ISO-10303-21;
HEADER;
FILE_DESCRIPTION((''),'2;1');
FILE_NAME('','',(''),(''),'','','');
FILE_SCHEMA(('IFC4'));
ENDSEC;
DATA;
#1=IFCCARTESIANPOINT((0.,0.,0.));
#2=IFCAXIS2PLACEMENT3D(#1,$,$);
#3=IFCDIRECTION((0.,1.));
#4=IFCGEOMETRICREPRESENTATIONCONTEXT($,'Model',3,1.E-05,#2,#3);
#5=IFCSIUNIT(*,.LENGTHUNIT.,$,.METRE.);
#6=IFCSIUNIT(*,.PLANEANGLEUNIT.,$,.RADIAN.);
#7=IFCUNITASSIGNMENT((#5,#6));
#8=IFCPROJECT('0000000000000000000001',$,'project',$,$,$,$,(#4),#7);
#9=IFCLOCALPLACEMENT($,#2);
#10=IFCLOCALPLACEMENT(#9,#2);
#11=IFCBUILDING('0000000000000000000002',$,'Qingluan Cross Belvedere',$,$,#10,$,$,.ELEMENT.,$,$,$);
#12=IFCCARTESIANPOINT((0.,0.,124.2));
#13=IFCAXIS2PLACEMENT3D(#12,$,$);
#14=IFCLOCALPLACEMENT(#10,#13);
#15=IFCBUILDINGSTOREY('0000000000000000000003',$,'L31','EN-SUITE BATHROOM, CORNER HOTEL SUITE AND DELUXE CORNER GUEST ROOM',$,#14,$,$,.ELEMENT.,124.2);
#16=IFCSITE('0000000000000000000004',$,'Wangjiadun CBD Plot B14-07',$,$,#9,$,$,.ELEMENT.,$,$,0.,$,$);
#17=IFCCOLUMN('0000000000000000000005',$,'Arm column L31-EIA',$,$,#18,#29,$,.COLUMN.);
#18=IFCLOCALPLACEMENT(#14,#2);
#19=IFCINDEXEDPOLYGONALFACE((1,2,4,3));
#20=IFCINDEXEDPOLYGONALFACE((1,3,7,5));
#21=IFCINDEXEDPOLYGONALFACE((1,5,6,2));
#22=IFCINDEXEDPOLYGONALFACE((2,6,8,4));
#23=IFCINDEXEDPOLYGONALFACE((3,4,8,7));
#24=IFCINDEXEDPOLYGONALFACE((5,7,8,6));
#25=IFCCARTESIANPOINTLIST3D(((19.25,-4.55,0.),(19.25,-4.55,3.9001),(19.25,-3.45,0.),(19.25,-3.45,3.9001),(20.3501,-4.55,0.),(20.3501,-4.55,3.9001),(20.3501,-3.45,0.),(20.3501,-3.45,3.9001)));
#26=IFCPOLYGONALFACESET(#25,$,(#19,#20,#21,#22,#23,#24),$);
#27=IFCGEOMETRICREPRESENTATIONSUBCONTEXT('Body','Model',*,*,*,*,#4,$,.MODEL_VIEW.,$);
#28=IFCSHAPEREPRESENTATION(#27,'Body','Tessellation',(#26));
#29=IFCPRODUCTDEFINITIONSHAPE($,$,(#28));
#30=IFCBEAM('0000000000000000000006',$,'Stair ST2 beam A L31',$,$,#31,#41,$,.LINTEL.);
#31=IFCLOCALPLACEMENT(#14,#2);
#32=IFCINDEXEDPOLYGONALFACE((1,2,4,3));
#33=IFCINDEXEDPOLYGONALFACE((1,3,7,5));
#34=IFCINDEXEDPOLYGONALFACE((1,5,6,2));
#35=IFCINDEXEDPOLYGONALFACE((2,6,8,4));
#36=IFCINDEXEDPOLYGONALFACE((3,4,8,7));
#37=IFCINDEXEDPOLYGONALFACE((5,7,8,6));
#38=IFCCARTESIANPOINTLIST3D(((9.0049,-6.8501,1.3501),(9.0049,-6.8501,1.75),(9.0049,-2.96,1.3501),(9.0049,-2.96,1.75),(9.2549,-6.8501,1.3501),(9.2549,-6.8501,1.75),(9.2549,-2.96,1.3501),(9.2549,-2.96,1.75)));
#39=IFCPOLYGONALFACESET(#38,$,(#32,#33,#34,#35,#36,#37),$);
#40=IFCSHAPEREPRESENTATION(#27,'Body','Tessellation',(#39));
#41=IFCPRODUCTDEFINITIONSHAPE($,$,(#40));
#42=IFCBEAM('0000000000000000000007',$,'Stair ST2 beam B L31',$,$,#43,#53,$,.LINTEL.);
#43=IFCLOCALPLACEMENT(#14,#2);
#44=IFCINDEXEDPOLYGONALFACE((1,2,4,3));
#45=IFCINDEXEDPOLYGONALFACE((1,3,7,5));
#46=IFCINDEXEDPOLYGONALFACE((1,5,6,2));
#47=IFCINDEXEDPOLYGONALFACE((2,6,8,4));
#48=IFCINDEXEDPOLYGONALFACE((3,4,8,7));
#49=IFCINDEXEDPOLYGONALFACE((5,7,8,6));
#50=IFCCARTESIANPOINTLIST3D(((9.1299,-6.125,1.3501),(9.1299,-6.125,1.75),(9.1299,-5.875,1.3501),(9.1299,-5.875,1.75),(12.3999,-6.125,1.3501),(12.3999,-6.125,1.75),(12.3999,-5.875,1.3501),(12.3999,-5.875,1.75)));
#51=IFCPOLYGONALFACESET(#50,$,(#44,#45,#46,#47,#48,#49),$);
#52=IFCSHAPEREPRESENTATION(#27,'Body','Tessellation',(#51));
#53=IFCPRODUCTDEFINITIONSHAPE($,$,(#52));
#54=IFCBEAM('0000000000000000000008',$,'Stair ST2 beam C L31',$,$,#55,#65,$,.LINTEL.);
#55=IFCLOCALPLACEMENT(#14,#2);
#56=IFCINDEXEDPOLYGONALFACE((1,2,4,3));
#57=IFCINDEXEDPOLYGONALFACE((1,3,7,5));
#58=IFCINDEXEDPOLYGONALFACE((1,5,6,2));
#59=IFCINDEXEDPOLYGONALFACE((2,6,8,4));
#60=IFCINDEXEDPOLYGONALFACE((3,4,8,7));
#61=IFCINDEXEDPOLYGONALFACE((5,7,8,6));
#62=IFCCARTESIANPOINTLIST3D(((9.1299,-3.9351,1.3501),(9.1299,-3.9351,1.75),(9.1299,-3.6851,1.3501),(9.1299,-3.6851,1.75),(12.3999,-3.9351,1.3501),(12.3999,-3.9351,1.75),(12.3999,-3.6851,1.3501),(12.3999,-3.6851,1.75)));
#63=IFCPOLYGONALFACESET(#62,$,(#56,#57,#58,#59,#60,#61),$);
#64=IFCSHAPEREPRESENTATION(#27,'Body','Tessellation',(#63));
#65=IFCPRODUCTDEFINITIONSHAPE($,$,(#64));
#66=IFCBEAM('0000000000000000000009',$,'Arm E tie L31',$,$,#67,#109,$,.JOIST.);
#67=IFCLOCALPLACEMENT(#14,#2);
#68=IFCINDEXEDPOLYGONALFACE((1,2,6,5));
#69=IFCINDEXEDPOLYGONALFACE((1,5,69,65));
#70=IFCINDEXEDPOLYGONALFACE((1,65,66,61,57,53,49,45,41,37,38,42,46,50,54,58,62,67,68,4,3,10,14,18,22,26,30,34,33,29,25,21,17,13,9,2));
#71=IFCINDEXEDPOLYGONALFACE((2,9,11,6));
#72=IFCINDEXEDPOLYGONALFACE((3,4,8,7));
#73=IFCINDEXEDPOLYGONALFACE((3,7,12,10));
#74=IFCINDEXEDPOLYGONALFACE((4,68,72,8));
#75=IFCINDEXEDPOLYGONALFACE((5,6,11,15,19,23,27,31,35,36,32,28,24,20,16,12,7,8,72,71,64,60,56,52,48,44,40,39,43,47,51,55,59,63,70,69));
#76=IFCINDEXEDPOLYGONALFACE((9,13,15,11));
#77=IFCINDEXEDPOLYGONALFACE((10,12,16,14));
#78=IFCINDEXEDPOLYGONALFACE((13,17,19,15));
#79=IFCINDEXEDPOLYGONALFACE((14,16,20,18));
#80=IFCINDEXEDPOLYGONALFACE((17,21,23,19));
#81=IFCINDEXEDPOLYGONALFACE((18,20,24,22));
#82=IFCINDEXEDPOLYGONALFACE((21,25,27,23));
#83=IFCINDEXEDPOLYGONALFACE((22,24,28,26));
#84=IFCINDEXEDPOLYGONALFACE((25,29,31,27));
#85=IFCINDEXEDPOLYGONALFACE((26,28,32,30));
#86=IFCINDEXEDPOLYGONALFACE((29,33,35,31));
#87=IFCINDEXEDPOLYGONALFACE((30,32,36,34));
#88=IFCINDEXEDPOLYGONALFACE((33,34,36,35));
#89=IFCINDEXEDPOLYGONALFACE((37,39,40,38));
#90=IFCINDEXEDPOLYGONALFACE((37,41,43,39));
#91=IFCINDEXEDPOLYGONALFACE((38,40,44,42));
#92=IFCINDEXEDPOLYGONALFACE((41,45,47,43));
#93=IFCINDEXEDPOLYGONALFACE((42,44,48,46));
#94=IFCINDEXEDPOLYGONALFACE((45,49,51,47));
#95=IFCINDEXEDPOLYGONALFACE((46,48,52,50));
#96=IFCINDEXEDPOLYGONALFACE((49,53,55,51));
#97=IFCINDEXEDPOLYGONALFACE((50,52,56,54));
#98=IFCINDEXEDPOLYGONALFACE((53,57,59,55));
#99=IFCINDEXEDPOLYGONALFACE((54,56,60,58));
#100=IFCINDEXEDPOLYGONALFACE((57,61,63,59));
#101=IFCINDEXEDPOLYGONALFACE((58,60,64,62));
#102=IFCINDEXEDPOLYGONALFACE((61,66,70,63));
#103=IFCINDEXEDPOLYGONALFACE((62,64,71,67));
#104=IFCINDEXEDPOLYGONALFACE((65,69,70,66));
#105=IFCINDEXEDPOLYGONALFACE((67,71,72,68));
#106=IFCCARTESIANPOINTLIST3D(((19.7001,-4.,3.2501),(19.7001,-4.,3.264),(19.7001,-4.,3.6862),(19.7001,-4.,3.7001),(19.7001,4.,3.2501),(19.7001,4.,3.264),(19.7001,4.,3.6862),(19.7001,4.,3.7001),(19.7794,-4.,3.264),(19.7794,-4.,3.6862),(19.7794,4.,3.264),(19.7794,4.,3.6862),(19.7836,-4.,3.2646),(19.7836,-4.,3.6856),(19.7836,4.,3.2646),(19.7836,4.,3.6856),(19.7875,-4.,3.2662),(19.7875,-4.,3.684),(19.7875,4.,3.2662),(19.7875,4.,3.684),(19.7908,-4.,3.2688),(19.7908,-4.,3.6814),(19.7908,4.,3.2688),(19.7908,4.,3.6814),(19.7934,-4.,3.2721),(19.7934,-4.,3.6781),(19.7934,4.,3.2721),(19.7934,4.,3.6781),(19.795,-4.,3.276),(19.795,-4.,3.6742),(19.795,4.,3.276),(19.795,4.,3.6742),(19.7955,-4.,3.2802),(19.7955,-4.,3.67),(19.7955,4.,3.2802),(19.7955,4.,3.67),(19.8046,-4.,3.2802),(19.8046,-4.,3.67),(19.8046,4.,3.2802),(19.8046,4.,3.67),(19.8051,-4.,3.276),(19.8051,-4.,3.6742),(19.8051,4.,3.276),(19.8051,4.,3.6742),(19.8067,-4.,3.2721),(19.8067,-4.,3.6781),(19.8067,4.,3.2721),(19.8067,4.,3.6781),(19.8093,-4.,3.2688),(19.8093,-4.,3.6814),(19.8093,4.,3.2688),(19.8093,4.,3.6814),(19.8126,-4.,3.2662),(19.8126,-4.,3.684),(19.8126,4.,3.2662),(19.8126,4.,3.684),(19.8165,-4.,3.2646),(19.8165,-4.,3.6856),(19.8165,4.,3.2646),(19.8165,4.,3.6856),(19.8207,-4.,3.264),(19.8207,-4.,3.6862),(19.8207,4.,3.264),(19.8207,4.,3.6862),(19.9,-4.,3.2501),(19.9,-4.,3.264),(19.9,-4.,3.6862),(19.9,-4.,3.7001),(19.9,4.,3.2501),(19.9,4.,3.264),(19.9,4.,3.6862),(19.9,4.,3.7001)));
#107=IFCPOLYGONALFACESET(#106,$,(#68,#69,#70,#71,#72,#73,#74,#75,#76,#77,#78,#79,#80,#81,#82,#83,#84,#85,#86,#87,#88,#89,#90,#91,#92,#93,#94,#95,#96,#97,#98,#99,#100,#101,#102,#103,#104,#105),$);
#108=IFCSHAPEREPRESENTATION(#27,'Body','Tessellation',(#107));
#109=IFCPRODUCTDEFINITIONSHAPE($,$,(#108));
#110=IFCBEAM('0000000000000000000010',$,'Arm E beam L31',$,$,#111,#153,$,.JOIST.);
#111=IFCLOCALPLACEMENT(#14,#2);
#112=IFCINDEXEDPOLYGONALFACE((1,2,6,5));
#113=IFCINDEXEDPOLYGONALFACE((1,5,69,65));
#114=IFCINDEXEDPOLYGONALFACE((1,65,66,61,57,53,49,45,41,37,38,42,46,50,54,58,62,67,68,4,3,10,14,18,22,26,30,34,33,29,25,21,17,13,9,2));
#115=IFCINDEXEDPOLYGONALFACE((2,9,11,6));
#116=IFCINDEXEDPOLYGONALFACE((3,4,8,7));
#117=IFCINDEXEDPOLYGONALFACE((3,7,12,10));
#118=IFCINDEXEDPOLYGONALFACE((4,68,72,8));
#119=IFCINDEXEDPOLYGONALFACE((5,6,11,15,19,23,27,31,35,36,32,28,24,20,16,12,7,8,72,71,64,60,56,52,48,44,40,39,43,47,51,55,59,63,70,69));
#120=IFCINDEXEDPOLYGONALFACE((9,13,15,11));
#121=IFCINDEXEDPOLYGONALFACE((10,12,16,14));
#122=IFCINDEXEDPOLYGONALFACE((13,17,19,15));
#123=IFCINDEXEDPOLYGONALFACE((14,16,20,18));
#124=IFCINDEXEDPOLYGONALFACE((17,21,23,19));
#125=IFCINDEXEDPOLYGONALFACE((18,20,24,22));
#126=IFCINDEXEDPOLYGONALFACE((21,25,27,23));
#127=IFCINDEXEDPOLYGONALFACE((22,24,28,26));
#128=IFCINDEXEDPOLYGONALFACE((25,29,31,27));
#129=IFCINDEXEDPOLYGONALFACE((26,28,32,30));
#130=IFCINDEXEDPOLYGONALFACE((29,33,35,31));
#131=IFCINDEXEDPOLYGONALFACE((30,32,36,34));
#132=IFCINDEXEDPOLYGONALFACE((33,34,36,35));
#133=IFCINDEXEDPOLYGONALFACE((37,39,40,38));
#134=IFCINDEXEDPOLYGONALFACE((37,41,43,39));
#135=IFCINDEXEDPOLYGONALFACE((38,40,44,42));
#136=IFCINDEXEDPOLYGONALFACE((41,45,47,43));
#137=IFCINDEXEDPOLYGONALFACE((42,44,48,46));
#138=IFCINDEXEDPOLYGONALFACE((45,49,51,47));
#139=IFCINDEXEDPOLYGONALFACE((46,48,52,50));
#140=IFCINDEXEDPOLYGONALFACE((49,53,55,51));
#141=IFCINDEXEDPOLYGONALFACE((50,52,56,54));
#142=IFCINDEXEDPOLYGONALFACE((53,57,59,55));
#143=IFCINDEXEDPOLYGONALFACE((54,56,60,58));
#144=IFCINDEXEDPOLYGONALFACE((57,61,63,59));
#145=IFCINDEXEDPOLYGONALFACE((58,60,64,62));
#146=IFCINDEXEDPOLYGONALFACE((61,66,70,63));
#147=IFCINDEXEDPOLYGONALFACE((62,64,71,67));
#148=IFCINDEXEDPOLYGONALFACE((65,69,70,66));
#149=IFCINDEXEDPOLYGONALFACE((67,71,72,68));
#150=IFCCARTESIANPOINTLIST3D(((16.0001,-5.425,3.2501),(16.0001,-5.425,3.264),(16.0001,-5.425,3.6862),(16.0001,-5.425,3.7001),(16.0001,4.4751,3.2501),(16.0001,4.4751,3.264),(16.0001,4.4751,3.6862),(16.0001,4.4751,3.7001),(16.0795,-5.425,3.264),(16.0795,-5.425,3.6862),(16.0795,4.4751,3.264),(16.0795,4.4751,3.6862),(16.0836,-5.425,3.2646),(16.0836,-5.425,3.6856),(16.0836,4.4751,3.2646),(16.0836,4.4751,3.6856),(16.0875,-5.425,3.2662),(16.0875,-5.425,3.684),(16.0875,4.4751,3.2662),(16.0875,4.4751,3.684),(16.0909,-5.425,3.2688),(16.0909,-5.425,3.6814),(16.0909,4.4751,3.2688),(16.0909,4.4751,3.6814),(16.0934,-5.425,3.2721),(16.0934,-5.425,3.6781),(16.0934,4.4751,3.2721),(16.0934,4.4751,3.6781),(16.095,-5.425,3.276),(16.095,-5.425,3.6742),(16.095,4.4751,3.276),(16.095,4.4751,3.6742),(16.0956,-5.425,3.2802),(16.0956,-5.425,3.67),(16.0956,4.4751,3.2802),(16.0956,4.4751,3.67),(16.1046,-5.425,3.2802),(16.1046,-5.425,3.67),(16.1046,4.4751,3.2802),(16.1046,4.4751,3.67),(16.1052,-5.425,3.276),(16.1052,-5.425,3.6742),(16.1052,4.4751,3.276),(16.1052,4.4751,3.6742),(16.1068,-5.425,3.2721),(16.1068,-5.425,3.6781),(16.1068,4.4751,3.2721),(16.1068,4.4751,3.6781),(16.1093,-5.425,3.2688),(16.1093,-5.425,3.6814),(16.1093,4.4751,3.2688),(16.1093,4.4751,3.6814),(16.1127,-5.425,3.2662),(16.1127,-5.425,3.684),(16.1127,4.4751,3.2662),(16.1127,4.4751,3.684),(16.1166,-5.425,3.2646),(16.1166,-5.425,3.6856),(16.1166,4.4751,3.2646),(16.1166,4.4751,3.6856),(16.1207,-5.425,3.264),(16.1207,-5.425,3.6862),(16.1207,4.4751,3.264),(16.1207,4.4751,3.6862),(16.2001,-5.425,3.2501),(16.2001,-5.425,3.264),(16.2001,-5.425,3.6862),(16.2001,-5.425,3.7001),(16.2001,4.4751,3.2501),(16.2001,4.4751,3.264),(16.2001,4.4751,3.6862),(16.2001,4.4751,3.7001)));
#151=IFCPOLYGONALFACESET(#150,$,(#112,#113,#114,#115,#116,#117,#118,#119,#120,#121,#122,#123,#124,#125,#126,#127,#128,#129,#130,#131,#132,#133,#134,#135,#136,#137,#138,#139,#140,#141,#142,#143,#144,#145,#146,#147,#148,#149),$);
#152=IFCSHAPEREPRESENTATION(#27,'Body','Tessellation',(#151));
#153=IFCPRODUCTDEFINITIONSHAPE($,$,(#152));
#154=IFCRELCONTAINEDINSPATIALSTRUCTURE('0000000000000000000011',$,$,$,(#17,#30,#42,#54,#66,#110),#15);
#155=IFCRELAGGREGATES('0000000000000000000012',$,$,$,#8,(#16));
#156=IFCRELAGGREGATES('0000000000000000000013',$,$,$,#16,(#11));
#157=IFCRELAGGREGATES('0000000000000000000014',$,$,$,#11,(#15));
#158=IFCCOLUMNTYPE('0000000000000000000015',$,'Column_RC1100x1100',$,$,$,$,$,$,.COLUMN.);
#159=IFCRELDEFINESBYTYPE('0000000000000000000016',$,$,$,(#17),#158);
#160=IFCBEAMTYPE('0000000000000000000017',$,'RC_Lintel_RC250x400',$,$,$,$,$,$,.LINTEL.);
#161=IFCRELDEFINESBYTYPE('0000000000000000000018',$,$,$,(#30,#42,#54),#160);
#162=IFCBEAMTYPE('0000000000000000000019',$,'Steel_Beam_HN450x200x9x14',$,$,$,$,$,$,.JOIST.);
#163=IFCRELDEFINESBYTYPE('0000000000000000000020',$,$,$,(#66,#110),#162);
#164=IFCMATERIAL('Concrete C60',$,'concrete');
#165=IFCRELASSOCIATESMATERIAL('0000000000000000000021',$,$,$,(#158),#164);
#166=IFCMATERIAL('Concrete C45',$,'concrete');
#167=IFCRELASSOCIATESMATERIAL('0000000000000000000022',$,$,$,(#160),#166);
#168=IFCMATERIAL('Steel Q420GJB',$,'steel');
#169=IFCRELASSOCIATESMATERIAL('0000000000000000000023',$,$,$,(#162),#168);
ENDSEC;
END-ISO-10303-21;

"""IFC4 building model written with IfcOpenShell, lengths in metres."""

from ifc_helpers import new_model, si_unit, direction, frame, origin, origin_2d, place, context, subcontext, project, spatial, rectangle, i_section, extrude, material, material_profile, profile_set, type_object, element, save


model = new_model("IFC4")

# Units and contexts
model_context = context("Model", 3, precision=1e-05, world=origin(), true_north=direction((0.0, 1.0)))
body_context = subcontext(model_context, "Body", "Model", "MODEL_VIEW")
ifc_project = project(units=[si_unit("LENGTHUNIT", "METRE"), si_unit("PLANEANGLEUNIT", "RADIAN")], contexts=[model_context])

# Site, building, storey
site_placement = place(None, origin())
site = spatial("IfcSite", under=ifc_project, at=site_placement, Name="Wangjiadun CBD Plot B14-07", CompositionType="ELEMENT", RefElevation=0.0)
building_placement = place(site_placement, origin())
building = spatial("IfcBuilding", under=site, at=building_placement, Name="Qingluan Cross Belvedere", CompositionType="ELEMENT")
storey_placement = place(building_placement, frame((0.0, 0.0, 124.2)))
storey = spatial("IfcBuildingStorey", under=building, at=storey_placement, Name="L31", Description="EN-SUITE BATHROOM, CORNER HOTEL SUITE AND DELUXE CORNER GUEST ROOM", CompositionType="ELEMENT", Elevation=124.2)

# Column
ifc_material_1 = material(Name="Concrete C60", Category="concrete")
ifc_material_profile_1 = material_profile(ifc_material_1, rectangle(XDim=1.1001, YDim=1.1001, at=origin_2d()), Name="RC1100x1100")
ifc_profile_set_1 = profile_set([ifc_material_profile_1], Name="Concrete C60")
column_type = type_object("IfcColumnType", Name="Column_RC1100x1100", PredefinedType="COLUMN", material=ifc_profile_set_1)
column_placement = place(storey_placement, frame((19.8, -4.0, 0.0), z_axis=(0.0, 0.0, 1.0), x_axis=(1.0, 0.0, 0.0)))
element("IfcColumn", 1, at=column_placement, inside=storey, type_object=column_type, Name="Arm column L31-EIA", PredefinedType="COLUMN", context=body_context, shape_type="SweptSolid", body=[
    extrude(rectangle(XDim=1.1001, YDim=1.1001, at=origin_2d()), origin(), (0.0, 0.0, 1.0), 3.9001),
])

# Beams
ifc_material_2 = material(Name="Concrete C45", Category="concrete")
ifc_material_profile_2 = material_profile(ifc_material_2, rectangle(XDim=0.25, YDim=0.3999, at=origin_2d()), Name="RC250x400")
ifc_profile_set_2 = profile_set([ifc_material_profile_2], Name="Concrete C45")
beam_type_1 = type_object("IfcBeamType", Name="RC_Lintel_RC250x400", PredefinedType="LINTEL", material=ifc_profile_set_2)
beam_1_placement = place(storey_placement, frame((9.1299, -6.8501, 1.55), z_axis=(0.0, 1.0, 0.0), x_axis=(-1.0, 0.0, 0.0)))
element("IfcBeam", 2, at=beam_1_placement, inside=storey, type_object=beam_type_1, Name="Stair ST2 beam A L31", PredefinedType="LINTEL", context=body_context, shape_type="SweptSolid", body=[
    extrude(rectangle(XDim=0.25, YDim=0.3999, at=origin_2d()), origin(), (0.0, 0.0, 1.0), 3.8901),
])
for number, where, z_axis, x_axis, name in (
    (3, (12.3999, -6.0, 1.55), (-1.0, 0.0, 0.0), (0.0, -1.0, 0.0), "Stair ST2 beam B L31"),
    (4, (12.3999, -3.8101, 1.55), (-1.0, 0.0, 0.0), (0.0, -1.0, 0.0), "Stair ST2 beam C L31"),
):
    element("IfcBeam", number, at=place(storey_placement, frame(where, z_axis=z_axis, x_axis=x_axis)), inside=storey, type_object=beam_type_1, Name=name, PredefinedType="LINTEL", context=body_context, shape_type="SweptSolid", body=[
        extrude(rectangle(XDim=0.25, YDim=0.3999, at=origin_2d()), origin(), (0.0, 0.0, 1.0), 3.27),
    ])
ifc_material_3 = material(Name="Steel Q420GJB", Category="steel")
ifc_material_profile_3 = material_profile(ifc_material_3, i_section(OverallWidth=0.2, OverallDepth=0.45, WebThickness=0.009, FlangeThickness=0.0139, FilletRadius=0.0161, at=origin_2d()), Name="HN450x200x9x14")
ifc_profile_set_3 = profile_set([ifc_material_profile_3], Name="Steel Q420GJB")
beam_type_2 = type_object("IfcBeamType", Name="Steel_Beam_HN450x200x9x14", PredefinedType="JOIST", material=ifc_profile_set_3)
beam_2_placement = place(storey_placement, frame((19.8, -4.0, 3.4751), z_axis=(0.0, 1.0, 0.0), x_axis=(-1.0, 0.0, 0.0)))
element("IfcBeam", 5, at=beam_2_placement, inside=storey, type_object=beam_type_2, Name="Arm E tie L31", PredefinedType="JOIST", context=body_context, shape_type="SweptSolid", body=[
    extrude(i_section(OverallWidth=0.2, OverallDepth=0.45, WebThickness=0.009, FlangeThickness=0.0139, FilletRadius=0.0161, at=origin_2d()), origin(), (0.0, 0.0, 1.0), 8.0),
])
beam_3_placement = place(storey_placement, frame((16.1001, -5.425, 3.4751), z_axis=(0.0, 1.0, 0.0), x_axis=(-1.0, 0.0, 0.0)))
element("IfcBeam", 6, at=beam_3_placement, inside=storey, type_object=beam_type_2, Name="Arm E beam L31", PredefinedType="JOIST", context=body_context, shape_type="SweptSolid", body=[
    extrude(i_section(OverallWidth=0.2, OverallDepth=0.45, WebThickness=0.009, FlangeThickness=0.0139, FilletRadius=0.0161, at=origin_2d()), origin(), (0.0, 0.0, 1.0), 9.9001),
])

save(model, "model.ifc")
